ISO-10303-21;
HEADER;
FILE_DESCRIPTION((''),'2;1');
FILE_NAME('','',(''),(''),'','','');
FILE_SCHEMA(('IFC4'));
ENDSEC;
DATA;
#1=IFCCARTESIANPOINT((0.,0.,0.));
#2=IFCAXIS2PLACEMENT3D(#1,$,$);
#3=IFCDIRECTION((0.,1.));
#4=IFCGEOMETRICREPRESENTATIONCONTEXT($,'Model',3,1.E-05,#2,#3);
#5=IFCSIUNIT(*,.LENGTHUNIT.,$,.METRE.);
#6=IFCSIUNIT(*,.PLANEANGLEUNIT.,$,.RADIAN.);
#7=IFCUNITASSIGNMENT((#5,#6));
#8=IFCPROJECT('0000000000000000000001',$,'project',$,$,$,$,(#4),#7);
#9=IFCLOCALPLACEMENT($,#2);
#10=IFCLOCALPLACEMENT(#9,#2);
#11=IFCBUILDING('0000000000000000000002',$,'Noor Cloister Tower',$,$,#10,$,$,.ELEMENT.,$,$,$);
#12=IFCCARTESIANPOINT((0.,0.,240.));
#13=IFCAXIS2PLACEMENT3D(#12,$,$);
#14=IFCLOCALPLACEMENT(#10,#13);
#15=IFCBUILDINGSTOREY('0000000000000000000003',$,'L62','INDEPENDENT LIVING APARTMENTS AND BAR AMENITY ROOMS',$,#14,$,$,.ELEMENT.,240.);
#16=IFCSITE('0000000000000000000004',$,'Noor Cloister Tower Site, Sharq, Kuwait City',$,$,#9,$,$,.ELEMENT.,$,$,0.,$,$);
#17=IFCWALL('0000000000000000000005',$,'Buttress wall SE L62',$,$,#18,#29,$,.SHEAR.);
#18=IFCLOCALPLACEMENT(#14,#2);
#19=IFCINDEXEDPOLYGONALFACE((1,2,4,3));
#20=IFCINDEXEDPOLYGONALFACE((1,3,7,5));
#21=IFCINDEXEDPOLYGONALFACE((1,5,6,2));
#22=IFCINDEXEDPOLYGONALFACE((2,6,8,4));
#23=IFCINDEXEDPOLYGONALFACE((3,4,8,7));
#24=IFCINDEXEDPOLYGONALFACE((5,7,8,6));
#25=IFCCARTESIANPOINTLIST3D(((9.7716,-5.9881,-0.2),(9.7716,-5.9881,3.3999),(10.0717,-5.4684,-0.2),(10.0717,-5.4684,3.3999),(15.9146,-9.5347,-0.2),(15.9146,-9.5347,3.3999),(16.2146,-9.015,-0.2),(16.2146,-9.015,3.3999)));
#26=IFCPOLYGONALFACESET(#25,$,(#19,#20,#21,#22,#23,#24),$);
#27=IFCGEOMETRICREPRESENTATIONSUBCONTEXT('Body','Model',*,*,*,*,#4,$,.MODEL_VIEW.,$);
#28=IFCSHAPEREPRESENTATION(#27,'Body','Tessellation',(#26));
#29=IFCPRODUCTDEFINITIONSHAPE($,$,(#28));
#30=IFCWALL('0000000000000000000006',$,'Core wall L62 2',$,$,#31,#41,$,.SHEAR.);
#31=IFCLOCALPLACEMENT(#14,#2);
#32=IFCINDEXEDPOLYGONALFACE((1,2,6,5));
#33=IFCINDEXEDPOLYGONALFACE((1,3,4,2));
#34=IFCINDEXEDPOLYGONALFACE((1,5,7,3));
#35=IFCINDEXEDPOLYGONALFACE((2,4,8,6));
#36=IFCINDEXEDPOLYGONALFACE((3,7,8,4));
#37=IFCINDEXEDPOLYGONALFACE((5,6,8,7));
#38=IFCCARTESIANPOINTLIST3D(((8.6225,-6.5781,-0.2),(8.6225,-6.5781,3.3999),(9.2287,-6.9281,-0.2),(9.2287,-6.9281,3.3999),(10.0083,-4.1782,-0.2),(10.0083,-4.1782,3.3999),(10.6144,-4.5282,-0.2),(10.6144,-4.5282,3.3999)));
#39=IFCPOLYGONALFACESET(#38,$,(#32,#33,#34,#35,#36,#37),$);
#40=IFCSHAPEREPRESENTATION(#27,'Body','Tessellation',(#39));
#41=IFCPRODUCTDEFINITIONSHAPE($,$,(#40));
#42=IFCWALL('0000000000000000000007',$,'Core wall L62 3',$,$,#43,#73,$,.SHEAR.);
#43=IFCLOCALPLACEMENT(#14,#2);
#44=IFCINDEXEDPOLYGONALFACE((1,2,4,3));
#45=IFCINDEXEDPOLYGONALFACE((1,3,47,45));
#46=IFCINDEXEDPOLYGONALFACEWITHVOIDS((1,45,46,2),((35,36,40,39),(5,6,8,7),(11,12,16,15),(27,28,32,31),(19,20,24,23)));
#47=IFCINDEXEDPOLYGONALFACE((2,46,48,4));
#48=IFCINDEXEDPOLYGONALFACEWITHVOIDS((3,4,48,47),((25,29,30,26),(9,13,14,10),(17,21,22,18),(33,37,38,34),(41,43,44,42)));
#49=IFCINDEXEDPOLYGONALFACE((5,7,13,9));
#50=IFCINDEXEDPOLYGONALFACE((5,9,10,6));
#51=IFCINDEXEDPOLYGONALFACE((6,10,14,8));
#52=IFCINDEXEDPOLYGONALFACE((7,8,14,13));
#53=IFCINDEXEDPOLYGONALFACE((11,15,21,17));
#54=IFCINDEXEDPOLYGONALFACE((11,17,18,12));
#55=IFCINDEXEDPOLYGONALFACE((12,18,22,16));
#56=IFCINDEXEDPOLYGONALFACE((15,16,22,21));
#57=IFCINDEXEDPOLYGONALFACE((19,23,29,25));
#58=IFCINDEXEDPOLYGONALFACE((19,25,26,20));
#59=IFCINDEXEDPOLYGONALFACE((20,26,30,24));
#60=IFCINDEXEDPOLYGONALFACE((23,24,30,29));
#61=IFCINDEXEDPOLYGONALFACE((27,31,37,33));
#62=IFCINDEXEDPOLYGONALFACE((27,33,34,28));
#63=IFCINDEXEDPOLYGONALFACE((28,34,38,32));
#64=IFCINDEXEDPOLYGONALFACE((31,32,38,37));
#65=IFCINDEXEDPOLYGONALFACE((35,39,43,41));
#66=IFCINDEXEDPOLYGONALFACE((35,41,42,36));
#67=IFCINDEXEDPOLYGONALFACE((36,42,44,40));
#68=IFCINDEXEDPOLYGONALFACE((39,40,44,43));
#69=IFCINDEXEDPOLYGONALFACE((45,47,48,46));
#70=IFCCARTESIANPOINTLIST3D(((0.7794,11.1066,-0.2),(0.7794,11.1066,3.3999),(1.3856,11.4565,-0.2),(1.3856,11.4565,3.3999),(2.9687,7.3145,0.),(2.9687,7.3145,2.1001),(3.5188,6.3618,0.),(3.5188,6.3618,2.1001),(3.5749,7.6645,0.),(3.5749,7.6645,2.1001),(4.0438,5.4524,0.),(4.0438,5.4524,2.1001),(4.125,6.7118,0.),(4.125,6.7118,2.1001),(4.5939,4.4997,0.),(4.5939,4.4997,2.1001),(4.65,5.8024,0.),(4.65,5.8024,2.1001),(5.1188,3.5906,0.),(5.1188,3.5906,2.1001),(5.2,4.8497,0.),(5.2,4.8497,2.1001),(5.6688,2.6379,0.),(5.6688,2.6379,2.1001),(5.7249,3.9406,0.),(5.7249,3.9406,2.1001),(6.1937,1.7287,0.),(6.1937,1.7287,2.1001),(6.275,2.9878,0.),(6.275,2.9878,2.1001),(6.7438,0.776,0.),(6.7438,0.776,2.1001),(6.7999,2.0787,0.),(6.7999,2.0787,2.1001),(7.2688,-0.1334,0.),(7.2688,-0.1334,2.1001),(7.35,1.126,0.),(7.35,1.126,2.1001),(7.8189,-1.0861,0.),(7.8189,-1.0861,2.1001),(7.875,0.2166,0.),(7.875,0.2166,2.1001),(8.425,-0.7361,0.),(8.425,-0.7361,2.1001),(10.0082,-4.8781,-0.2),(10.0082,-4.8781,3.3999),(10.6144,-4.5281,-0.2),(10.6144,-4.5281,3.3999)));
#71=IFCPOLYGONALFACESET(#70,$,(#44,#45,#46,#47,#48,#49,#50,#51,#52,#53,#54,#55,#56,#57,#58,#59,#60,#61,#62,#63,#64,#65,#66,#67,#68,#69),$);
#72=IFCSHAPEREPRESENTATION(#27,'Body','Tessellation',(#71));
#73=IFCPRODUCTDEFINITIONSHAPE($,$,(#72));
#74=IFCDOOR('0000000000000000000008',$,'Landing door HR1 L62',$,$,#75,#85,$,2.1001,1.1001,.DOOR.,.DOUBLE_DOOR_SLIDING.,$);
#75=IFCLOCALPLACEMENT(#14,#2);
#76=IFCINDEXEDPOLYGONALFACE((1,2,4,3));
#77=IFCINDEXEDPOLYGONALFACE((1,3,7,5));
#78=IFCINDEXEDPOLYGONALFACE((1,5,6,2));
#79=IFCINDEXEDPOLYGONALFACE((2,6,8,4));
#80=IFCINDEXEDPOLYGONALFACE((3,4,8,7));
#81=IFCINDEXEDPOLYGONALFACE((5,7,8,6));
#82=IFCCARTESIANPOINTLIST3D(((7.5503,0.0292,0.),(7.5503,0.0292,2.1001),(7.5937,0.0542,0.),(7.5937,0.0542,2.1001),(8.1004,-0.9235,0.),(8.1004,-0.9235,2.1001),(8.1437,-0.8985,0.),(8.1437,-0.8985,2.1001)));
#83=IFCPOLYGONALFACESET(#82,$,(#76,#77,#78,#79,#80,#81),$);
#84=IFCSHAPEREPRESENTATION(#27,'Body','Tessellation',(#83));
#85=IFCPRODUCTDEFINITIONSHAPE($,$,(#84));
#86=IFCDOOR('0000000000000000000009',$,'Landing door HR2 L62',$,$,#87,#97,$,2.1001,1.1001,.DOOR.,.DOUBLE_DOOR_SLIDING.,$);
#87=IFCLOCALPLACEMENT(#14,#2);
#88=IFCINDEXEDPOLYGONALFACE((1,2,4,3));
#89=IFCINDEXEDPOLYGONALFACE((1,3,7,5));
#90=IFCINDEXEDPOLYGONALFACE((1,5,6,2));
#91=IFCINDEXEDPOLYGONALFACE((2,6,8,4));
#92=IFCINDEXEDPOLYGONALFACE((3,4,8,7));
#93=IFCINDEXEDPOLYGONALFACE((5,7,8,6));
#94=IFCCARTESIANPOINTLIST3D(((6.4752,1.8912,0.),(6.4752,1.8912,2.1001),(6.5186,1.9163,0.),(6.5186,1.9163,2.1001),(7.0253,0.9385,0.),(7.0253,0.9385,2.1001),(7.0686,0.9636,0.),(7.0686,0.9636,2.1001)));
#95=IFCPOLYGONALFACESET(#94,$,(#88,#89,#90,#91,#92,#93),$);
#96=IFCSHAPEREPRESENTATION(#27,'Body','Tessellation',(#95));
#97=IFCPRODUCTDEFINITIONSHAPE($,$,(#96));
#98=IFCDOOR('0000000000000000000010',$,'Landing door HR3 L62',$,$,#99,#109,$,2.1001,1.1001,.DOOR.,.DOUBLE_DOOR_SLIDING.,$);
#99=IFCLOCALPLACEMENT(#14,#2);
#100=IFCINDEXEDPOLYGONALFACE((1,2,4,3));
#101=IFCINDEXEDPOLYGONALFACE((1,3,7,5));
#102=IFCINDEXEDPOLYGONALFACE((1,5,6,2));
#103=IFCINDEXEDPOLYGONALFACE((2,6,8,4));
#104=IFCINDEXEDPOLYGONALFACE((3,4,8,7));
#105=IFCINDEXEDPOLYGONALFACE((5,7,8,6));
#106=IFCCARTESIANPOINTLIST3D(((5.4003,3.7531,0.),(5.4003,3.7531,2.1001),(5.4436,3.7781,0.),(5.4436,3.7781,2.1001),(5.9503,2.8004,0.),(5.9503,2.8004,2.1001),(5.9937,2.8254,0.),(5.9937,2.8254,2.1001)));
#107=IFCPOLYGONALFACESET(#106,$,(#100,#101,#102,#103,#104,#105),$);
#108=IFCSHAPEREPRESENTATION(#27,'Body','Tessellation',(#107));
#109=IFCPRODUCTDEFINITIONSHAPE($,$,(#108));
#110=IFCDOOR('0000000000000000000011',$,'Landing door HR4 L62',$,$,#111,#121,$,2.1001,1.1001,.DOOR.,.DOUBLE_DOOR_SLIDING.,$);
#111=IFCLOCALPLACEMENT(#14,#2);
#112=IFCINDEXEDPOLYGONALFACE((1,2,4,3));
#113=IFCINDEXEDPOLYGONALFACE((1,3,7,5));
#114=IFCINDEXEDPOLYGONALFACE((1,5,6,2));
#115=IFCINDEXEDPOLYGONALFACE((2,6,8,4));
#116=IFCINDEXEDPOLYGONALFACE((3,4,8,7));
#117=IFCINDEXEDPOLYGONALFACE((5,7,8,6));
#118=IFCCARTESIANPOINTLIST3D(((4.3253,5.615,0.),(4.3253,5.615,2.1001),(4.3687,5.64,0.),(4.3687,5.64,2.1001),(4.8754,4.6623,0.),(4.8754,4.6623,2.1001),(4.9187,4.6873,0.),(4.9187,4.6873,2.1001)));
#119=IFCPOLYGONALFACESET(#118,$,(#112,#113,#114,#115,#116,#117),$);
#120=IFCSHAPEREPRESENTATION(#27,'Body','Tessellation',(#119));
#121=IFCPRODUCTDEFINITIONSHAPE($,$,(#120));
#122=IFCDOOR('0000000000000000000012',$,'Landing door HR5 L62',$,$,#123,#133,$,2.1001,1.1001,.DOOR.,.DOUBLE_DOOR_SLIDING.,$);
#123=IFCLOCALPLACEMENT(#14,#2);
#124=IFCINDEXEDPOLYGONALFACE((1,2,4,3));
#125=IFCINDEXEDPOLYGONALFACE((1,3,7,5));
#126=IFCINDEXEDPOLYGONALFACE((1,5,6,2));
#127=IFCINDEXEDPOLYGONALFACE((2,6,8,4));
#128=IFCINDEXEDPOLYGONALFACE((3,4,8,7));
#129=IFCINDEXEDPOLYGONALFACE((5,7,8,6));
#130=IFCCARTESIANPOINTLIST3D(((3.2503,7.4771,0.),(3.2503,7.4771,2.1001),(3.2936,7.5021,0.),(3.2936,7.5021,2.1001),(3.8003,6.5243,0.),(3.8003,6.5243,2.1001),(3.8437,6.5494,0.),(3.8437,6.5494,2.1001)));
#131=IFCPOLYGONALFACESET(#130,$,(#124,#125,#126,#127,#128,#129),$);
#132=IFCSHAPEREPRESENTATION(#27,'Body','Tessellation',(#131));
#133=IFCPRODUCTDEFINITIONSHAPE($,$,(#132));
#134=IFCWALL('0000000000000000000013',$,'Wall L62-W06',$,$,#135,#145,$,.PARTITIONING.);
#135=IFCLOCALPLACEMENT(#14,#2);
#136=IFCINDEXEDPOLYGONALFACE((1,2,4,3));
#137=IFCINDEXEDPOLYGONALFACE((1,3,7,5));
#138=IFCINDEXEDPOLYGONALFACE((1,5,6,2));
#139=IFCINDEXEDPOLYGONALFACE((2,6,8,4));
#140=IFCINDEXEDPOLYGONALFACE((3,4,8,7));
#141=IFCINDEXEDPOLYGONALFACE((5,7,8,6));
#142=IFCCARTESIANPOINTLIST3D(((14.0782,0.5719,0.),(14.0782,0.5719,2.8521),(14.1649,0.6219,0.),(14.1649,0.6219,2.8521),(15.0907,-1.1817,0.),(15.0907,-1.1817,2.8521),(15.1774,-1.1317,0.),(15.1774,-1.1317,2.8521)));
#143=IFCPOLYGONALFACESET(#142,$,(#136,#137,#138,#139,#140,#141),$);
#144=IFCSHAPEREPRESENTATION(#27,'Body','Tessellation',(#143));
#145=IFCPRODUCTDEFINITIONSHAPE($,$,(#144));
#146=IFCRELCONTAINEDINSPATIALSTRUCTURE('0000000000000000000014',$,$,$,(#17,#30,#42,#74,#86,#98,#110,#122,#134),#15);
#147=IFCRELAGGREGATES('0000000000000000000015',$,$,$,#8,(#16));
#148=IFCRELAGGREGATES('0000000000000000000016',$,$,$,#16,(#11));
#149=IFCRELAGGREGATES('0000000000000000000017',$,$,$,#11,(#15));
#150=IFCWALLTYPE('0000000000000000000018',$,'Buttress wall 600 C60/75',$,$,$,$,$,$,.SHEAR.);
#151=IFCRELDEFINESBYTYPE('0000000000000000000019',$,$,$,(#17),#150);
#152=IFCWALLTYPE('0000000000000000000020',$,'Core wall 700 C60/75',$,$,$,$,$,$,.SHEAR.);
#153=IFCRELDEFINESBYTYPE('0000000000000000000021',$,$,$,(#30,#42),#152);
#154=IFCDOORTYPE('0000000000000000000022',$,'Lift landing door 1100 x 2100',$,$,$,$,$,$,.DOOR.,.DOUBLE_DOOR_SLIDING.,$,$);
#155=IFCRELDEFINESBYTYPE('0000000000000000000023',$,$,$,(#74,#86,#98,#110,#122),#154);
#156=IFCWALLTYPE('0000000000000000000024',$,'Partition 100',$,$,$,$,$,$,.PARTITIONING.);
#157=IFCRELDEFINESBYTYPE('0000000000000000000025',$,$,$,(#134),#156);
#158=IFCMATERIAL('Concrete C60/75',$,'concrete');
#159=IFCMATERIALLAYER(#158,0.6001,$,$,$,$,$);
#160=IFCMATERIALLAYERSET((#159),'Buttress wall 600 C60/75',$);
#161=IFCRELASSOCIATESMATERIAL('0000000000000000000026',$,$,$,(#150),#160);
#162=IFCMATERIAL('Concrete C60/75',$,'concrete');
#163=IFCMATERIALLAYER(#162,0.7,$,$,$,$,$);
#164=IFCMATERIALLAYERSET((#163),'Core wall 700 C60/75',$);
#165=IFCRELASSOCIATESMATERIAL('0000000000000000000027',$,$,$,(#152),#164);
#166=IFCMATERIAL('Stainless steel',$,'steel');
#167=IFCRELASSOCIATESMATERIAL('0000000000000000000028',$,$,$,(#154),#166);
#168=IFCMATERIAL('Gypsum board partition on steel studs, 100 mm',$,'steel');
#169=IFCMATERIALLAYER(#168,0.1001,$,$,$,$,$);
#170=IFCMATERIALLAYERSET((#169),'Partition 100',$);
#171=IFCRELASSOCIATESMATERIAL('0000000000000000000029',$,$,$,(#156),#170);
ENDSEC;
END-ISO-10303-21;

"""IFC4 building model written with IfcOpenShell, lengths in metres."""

from ifc_helpers import new_model, si_unit, direction, frame, frame_2d, origin, place, context, subcontext, project, spatial, rectangle, extrude, material, layer, layer_set, type_object, element, fill, save


model = new_model("IFC4")

# Units and contexts
model_context = context("Model", 3, precision=1e-05, world=origin(), true_north=direction((0.0, 1.0)))
body_context = subcontext(model_context, "Body", "Model", "MODEL_VIEW")
ifc_project = project(units=[si_unit("LENGTHUNIT", "METRE"), si_unit("PLANEANGLEUNIT", "RADIAN")], contexts=[model_context])

# Site, building, storey
site_placement = place(None, origin())
site = spatial("IfcSite", under=ifc_project, at=site_placement, Name="Noor Cloister Tower Site, Sharq, Kuwait City", CompositionType="ELEMENT", RefElevation=0.0)
building_placement = place(site_placement, origin())
building = spatial("IfcBuilding", under=site, at=building_placement, Name="Noor Cloister Tower", CompositionType="ELEMENT")
storey_placement = place(building_placement, frame((0.0, 0.0, 240.0)))
storey = spatial("IfcBuildingStorey", under=building, at=storey_placement, Name="L62", Description="INDEPENDENT LIVING APARTMENTS AND BAR AMENITY ROOMS", CompositionType="ELEMENT", Elevation=240.0)

# Walls
ifc_material_1 = material(Name="Concrete C60/75", Category="concrete")
ifc_layer_1 = layer(ifc_material_1, 0.6001)
ifc_layer_set_1 = layer_set([ifc_layer_1], Name="Buttress wall 600 C60/75")
wall_type_1 = type_object("IfcWallType", Name="Buttress wall 600 C60/75", PredefinedType="SHEAR", material=ifc_layer_set_1)
wall_1_placement = place(storey_placement, frame((9.9216, -5.7283, -0.2), z_axis=(0.0, 0.0, 1.0), x_axis=(0.86603, -0.499993, 0.0)))
element("IfcWall", 1, at=wall_1_placement, inside=storey, type_object=wall_type_1, Name="Buttress wall SE L62", PredefinedType="SHEAR", context=body_context, shape_type="SweptSolid", body=[
    extrude(rectangle(XDim=7.0933, YDim=0.6001, at=frame_2d((3.5466, 0.0))), origin(), (0.0, 0.0, 1.0), 3.5999),
])
ifc_material_2 = material(Name="Concrete C60/75", Category="concrete")
ifc_layer_2 = layer(ifc_material_2, 0.7)
ifc_layer_set_2 = layer_set([ifc_layer_2], Name="Core wall 700 C60/75")
wall_type_2 = type_object("IfcWallType", Name="Core wall 700 C60/75", PredefinedType="SHEAR", material=ifc_layer_set_2)
wall_2_placement = place(storey_placement, frame((8.9255, -6.7532, -0.2), z_axis=(0.0, 0.0, 1.0), x_axis=(0.500043, 0.866001, 0.0)))
element("IfcWall", 2, at=wall_2_placement, inside=storey, type_object=wall_type_2, Name="Core wall L62 2", PredefinedType="SHEAR", context=body_context, shape_type="SweptSolid", body=[
    extrude(rectangle(XDim=2.7712, YDim=0.7, at=frame_2d((1.3857, 0.0))), origin(), (0.0, 0.0, 1.0), 3.5999),
])

# Wall, openings, doors
wall_3_placement = place(storey_placement, frame((10.3113, -4.7031, -0.2), z_axis=(0.0, 0.0, 1.0), x_axis=(-0.500001, 0.866025, 0.0)))
wall_3 = element("IfcWall", 3, at=wall_3_placement, inside=storey, type_object=wall_type_2, Name="Core wall L62 3", PredefinedType="SHEAR", context=body_context, shape_type="SweptSolid", body=[
    extrude(rectangle(XDim=18.4575, YDim=0.7, at=frame_2d((9.2288, 0.0))), origin(), (0.0, 0.0, 1.0), 3.5999),
])
opening_1_placement = place(wall_3_placement, frame((4.3787, 0.0, 0.2)))
opening_1 = element("IfcOpeningElement", 4, at=opening_1_placement, cuts=wall_3, PredefinedType="OPENING", context=body_context, shape_type="SweptSolid", body=[
    extrude(rectangle(XDim=1.1001, YDim=2.1001, at=frame_2d((0.55, 1.05))), frame((0.0, 0.3599, 0.0), z_axis=(0.0, -1.0, 0.0), x_axis=(1.0, 0.0, 0.0)), (0.0, 0.0, 1.0), 0.72),
])
opening_2_placement = place(wall_3_placement, frame((6.5288, 0.0, 0.2)))
opening_2 = element("IfcOpeningElement", 5, at=opening_2_placement, cuts=wall_3, PredefinedType="OPENING", context=body_context, shape_type="SweptSolid", body=[
    extrude(rectangle(XDim=1.1001, YDim=2.1001, at=frame_2d((0.55, 1.05))), frame((0.0, 0.3599, 0.0), z_axis=(0.0, -1.0, 0.0), x_axis=(1.0, 0.0, 0.0)), (0.0, 0.0, 1.0), 0.72),
])
opening_3_placement = place(wall_3_placement, frame((8.6787, 0.0, 0.2)))
opening_3 = element("IfcOpeningElement", 6, at=opening_3_placement, cuts=wall_3, PredefinedType="OPENING", context=body_context, shape_type="SweptSolid", body=[
    extrude(rectangle(XDim=1.1001, YDim=2.1001, at=frame_2d((0.55, 1.05))), frame((0.0, 0.3599, 0.0), z_axis=(0.0, -1.0, 0.0), x_axis=(1.0, 0.0, 0.0)), (0.0, 0.0, 1.0), 0.72),
])
opening_4_placement = place(wall_3_placement, frame((10.8286, 0.0, 0.2)))
opening_4 = element("IfcOpeningElement", 7, at=opening_4_placement, cuts=wall_3, PredefinedType="OPENING", context=body_context, shape_type="SweptSolid", body=[
    extrude(rectangle(XDim=1.1001, YDim=2.1001, at=frame_2d((0.55, 1.05))), frame((0.0, 0.3599, 0.0), z_axis=(0.0, -1.0, 0.0), x_axis=(1.0, 0.0, 0.0)), (0.0, 0.0, 1.0), 0.72),
])
opening_5_placement = place(wall_3_placement, frame((12.9788, 0.0, 0.2)))
opening_5 = element("IfcOpeningElement", 8, at=opening_5_placement, cuts=wall_3, PredefinedType="OPENING", context=body_context, shape_type="SweptSolid", body=[
    extrude(rectangle(XDim=1.1001, YDim=2.1001, at=frame_2d((0.55, 1.05))), frame((0.0, 0.3599, 0.0), z_axis=(0.0, -1.0, 0.0), x_axis=(1.0, 0.0, 0.0)), (0.0, 0.0, 1.0), 0.72),
])
ifc_material_3 = material(Name="Stainless steel", Category="steel")
door_type_1 = type_object("IfcDoorType", Name="Lift landing door 1100 x 2100", OperationType="DOUBLE_DOOR_SLIDING", PredefinedType="DOOR", material=ifc_material_3)
door_1_placement = place(opening_1_placement, origin())
door_1 = element("IfcDoor", 9, at=door_1_placement, inside=storey, type_object=door_type_1, Name="Landing door HR1 L62", OperationType="DOUBLE_DOOR_SLIDING", OverallHeight=2.1001, OverallWidth=1.1001, PredefinedType="DOOR", context=body_context, shape_type="SweptSolid", body=[
    extrude(rectangle(XDim=1.1001, YDim=2.1001, at=frame_2d((0.55, 1.05))), frame((0.0, 0.0249, 0.0), z_axis=(0.0, -1.0, 0.0), x_axis=(1.0, 0.0, 0.0)), (0.0, 0.0, 1.0), 0.05),
])
fill(opening_1, door_1)
door_2_placement = place(opening_2_placement, origin())
door_2 = element("IfcDoor", 10, at=door_2_placement, inside=storey, type_object=door_type_1, Name="Landing door HR2 L62", OperationType="DOUBLE_DOOR_SLIDING", OverallHeight=2.1001, OverallWidth=1.1001, PredefinedType="DOOR", context=body_context, shape_type="SweptSolid", body=[
    extrude(rectangle(XDim=1.1001, YDim=2.1001, at=frame_2d((0.55, 1.05))), frame((0.0, 0.0249, 0.0), z_axis=(0.0, -1.0, 0.0), x_axis=(1.0, 0.0, 0.0)), (0.0, 0.0, 1.0), 0.05),
])
fill(opening_2, door_2)
door_3_placement = place(opening_3_placement, origin())
door_3 = element("IfcDoor", 11, at=door_3_placement, inside=storey, type_object=door_type_1, Name="Landing door HR3 L62", OperationType="DOUBLE_DOOR_SLIDING", OverallHeight=2.1001, OverallWidth=1.1001, PredefinedType="DOOR", context=body_context, shape_type="SweptSolid", body=[
    extrude(rectangle(XDim=1.1001, YDim=2.1001, at=frame_2d((0.55, 1.05))), frame((0.0, 0.0249, 0.0), z_axis=(0.0, -1.0, 0.0), x_axis=(1.0, 0.0, 0.0)), (0.0, 0.0, 1.0), 0.05),
])
fill(opening_3, door_3)
door_4_placement = place(opening_4_placement, origin())
door_4 = element("IfcDoor", 12, at=door_4_placement, inside=storey, type_object=door_type_1, Name="Landing door HR4 L62", OperationType="DOUBLE_DOOR_SLIDING", OverallHeight=2.1001, OverallWidth=1.1001, PredefinedType="DOOR", context=body_context, shape_type="SweptSolid", body=[
    extrude(rectangle(XDim=1.1001, YDim=2.1001, at=frame_2d((0.55, 1.05))), frame((0.0, 0.0249, 0.0), z_axis=(0.0, -1.0, 0.0), x_axis=(1.0, 0.0, 0.0)), (0.0, 0.0, 1.0), 0.05),
])
fill(opening_4, door_4)
door_5_placement = place(opening_5_placement, origin())
door_5 = element("IfcDoor", 13, at=door_5_placement, inside=storey, type_object=door_type_1, Name="Landing door HR5 L62", OperationType="DOUBLE_DOOR_SLIDING", OverallHeight=2.1001, OverallWidth=1.1001, PredefinedType="DOOR", context=body_context, shape_type="SweptSolid", body=[
    extrude(rectangle(XDim=1.1001, YDim=2.1001, at=frame_2d((0.55, 1.05))), frame((0.0, 0.0249, 0.0), z_axis=(0.0, -1.0, 0.0), x_axis=(1.0, 0.0, 0.0)), (0.0, 0.0, 1.0), 0.05),
])
fill(opening_5, door_5)

# Wall
ifc_material_4 = material(Name="Gypsum board partition on steel studs, 100 mm", Category="steel")
ifc_layer_3 = layer(ifc_material_4, 0.1001)
ifc_layer_set_3 = layer_set([ifc_layer_3], Name="Partition 100")
wall_type_3 = type_object("IfcWallType", Name="Partition 100", PredefinedType="PARTITIONING", material=ifc_layer_set_3)
wall_4_placement = place(storey_placement, frame((14.1216, 0.5969, 0.0), z_axis=(0.0, 0.0, 1.0), x_axis=(0.49999, -0.866031, 0.0)))
element("IfcWall", 14, at=wall_4_placement, inside=storey, type_object=wall_type_3, Name="Wall L62-W06", PredefinedType="PARTITIONING", context=body_context, shape_type="SweptSolid", body=[
    extrude(rectangle(XDim=2.0249, YDim=0.1001, at=frame_2d((1.0125, 0.0))), origin(), (0.0, 0.0, 1.0), 2.8521),
])

save(model, "model.ifc")
